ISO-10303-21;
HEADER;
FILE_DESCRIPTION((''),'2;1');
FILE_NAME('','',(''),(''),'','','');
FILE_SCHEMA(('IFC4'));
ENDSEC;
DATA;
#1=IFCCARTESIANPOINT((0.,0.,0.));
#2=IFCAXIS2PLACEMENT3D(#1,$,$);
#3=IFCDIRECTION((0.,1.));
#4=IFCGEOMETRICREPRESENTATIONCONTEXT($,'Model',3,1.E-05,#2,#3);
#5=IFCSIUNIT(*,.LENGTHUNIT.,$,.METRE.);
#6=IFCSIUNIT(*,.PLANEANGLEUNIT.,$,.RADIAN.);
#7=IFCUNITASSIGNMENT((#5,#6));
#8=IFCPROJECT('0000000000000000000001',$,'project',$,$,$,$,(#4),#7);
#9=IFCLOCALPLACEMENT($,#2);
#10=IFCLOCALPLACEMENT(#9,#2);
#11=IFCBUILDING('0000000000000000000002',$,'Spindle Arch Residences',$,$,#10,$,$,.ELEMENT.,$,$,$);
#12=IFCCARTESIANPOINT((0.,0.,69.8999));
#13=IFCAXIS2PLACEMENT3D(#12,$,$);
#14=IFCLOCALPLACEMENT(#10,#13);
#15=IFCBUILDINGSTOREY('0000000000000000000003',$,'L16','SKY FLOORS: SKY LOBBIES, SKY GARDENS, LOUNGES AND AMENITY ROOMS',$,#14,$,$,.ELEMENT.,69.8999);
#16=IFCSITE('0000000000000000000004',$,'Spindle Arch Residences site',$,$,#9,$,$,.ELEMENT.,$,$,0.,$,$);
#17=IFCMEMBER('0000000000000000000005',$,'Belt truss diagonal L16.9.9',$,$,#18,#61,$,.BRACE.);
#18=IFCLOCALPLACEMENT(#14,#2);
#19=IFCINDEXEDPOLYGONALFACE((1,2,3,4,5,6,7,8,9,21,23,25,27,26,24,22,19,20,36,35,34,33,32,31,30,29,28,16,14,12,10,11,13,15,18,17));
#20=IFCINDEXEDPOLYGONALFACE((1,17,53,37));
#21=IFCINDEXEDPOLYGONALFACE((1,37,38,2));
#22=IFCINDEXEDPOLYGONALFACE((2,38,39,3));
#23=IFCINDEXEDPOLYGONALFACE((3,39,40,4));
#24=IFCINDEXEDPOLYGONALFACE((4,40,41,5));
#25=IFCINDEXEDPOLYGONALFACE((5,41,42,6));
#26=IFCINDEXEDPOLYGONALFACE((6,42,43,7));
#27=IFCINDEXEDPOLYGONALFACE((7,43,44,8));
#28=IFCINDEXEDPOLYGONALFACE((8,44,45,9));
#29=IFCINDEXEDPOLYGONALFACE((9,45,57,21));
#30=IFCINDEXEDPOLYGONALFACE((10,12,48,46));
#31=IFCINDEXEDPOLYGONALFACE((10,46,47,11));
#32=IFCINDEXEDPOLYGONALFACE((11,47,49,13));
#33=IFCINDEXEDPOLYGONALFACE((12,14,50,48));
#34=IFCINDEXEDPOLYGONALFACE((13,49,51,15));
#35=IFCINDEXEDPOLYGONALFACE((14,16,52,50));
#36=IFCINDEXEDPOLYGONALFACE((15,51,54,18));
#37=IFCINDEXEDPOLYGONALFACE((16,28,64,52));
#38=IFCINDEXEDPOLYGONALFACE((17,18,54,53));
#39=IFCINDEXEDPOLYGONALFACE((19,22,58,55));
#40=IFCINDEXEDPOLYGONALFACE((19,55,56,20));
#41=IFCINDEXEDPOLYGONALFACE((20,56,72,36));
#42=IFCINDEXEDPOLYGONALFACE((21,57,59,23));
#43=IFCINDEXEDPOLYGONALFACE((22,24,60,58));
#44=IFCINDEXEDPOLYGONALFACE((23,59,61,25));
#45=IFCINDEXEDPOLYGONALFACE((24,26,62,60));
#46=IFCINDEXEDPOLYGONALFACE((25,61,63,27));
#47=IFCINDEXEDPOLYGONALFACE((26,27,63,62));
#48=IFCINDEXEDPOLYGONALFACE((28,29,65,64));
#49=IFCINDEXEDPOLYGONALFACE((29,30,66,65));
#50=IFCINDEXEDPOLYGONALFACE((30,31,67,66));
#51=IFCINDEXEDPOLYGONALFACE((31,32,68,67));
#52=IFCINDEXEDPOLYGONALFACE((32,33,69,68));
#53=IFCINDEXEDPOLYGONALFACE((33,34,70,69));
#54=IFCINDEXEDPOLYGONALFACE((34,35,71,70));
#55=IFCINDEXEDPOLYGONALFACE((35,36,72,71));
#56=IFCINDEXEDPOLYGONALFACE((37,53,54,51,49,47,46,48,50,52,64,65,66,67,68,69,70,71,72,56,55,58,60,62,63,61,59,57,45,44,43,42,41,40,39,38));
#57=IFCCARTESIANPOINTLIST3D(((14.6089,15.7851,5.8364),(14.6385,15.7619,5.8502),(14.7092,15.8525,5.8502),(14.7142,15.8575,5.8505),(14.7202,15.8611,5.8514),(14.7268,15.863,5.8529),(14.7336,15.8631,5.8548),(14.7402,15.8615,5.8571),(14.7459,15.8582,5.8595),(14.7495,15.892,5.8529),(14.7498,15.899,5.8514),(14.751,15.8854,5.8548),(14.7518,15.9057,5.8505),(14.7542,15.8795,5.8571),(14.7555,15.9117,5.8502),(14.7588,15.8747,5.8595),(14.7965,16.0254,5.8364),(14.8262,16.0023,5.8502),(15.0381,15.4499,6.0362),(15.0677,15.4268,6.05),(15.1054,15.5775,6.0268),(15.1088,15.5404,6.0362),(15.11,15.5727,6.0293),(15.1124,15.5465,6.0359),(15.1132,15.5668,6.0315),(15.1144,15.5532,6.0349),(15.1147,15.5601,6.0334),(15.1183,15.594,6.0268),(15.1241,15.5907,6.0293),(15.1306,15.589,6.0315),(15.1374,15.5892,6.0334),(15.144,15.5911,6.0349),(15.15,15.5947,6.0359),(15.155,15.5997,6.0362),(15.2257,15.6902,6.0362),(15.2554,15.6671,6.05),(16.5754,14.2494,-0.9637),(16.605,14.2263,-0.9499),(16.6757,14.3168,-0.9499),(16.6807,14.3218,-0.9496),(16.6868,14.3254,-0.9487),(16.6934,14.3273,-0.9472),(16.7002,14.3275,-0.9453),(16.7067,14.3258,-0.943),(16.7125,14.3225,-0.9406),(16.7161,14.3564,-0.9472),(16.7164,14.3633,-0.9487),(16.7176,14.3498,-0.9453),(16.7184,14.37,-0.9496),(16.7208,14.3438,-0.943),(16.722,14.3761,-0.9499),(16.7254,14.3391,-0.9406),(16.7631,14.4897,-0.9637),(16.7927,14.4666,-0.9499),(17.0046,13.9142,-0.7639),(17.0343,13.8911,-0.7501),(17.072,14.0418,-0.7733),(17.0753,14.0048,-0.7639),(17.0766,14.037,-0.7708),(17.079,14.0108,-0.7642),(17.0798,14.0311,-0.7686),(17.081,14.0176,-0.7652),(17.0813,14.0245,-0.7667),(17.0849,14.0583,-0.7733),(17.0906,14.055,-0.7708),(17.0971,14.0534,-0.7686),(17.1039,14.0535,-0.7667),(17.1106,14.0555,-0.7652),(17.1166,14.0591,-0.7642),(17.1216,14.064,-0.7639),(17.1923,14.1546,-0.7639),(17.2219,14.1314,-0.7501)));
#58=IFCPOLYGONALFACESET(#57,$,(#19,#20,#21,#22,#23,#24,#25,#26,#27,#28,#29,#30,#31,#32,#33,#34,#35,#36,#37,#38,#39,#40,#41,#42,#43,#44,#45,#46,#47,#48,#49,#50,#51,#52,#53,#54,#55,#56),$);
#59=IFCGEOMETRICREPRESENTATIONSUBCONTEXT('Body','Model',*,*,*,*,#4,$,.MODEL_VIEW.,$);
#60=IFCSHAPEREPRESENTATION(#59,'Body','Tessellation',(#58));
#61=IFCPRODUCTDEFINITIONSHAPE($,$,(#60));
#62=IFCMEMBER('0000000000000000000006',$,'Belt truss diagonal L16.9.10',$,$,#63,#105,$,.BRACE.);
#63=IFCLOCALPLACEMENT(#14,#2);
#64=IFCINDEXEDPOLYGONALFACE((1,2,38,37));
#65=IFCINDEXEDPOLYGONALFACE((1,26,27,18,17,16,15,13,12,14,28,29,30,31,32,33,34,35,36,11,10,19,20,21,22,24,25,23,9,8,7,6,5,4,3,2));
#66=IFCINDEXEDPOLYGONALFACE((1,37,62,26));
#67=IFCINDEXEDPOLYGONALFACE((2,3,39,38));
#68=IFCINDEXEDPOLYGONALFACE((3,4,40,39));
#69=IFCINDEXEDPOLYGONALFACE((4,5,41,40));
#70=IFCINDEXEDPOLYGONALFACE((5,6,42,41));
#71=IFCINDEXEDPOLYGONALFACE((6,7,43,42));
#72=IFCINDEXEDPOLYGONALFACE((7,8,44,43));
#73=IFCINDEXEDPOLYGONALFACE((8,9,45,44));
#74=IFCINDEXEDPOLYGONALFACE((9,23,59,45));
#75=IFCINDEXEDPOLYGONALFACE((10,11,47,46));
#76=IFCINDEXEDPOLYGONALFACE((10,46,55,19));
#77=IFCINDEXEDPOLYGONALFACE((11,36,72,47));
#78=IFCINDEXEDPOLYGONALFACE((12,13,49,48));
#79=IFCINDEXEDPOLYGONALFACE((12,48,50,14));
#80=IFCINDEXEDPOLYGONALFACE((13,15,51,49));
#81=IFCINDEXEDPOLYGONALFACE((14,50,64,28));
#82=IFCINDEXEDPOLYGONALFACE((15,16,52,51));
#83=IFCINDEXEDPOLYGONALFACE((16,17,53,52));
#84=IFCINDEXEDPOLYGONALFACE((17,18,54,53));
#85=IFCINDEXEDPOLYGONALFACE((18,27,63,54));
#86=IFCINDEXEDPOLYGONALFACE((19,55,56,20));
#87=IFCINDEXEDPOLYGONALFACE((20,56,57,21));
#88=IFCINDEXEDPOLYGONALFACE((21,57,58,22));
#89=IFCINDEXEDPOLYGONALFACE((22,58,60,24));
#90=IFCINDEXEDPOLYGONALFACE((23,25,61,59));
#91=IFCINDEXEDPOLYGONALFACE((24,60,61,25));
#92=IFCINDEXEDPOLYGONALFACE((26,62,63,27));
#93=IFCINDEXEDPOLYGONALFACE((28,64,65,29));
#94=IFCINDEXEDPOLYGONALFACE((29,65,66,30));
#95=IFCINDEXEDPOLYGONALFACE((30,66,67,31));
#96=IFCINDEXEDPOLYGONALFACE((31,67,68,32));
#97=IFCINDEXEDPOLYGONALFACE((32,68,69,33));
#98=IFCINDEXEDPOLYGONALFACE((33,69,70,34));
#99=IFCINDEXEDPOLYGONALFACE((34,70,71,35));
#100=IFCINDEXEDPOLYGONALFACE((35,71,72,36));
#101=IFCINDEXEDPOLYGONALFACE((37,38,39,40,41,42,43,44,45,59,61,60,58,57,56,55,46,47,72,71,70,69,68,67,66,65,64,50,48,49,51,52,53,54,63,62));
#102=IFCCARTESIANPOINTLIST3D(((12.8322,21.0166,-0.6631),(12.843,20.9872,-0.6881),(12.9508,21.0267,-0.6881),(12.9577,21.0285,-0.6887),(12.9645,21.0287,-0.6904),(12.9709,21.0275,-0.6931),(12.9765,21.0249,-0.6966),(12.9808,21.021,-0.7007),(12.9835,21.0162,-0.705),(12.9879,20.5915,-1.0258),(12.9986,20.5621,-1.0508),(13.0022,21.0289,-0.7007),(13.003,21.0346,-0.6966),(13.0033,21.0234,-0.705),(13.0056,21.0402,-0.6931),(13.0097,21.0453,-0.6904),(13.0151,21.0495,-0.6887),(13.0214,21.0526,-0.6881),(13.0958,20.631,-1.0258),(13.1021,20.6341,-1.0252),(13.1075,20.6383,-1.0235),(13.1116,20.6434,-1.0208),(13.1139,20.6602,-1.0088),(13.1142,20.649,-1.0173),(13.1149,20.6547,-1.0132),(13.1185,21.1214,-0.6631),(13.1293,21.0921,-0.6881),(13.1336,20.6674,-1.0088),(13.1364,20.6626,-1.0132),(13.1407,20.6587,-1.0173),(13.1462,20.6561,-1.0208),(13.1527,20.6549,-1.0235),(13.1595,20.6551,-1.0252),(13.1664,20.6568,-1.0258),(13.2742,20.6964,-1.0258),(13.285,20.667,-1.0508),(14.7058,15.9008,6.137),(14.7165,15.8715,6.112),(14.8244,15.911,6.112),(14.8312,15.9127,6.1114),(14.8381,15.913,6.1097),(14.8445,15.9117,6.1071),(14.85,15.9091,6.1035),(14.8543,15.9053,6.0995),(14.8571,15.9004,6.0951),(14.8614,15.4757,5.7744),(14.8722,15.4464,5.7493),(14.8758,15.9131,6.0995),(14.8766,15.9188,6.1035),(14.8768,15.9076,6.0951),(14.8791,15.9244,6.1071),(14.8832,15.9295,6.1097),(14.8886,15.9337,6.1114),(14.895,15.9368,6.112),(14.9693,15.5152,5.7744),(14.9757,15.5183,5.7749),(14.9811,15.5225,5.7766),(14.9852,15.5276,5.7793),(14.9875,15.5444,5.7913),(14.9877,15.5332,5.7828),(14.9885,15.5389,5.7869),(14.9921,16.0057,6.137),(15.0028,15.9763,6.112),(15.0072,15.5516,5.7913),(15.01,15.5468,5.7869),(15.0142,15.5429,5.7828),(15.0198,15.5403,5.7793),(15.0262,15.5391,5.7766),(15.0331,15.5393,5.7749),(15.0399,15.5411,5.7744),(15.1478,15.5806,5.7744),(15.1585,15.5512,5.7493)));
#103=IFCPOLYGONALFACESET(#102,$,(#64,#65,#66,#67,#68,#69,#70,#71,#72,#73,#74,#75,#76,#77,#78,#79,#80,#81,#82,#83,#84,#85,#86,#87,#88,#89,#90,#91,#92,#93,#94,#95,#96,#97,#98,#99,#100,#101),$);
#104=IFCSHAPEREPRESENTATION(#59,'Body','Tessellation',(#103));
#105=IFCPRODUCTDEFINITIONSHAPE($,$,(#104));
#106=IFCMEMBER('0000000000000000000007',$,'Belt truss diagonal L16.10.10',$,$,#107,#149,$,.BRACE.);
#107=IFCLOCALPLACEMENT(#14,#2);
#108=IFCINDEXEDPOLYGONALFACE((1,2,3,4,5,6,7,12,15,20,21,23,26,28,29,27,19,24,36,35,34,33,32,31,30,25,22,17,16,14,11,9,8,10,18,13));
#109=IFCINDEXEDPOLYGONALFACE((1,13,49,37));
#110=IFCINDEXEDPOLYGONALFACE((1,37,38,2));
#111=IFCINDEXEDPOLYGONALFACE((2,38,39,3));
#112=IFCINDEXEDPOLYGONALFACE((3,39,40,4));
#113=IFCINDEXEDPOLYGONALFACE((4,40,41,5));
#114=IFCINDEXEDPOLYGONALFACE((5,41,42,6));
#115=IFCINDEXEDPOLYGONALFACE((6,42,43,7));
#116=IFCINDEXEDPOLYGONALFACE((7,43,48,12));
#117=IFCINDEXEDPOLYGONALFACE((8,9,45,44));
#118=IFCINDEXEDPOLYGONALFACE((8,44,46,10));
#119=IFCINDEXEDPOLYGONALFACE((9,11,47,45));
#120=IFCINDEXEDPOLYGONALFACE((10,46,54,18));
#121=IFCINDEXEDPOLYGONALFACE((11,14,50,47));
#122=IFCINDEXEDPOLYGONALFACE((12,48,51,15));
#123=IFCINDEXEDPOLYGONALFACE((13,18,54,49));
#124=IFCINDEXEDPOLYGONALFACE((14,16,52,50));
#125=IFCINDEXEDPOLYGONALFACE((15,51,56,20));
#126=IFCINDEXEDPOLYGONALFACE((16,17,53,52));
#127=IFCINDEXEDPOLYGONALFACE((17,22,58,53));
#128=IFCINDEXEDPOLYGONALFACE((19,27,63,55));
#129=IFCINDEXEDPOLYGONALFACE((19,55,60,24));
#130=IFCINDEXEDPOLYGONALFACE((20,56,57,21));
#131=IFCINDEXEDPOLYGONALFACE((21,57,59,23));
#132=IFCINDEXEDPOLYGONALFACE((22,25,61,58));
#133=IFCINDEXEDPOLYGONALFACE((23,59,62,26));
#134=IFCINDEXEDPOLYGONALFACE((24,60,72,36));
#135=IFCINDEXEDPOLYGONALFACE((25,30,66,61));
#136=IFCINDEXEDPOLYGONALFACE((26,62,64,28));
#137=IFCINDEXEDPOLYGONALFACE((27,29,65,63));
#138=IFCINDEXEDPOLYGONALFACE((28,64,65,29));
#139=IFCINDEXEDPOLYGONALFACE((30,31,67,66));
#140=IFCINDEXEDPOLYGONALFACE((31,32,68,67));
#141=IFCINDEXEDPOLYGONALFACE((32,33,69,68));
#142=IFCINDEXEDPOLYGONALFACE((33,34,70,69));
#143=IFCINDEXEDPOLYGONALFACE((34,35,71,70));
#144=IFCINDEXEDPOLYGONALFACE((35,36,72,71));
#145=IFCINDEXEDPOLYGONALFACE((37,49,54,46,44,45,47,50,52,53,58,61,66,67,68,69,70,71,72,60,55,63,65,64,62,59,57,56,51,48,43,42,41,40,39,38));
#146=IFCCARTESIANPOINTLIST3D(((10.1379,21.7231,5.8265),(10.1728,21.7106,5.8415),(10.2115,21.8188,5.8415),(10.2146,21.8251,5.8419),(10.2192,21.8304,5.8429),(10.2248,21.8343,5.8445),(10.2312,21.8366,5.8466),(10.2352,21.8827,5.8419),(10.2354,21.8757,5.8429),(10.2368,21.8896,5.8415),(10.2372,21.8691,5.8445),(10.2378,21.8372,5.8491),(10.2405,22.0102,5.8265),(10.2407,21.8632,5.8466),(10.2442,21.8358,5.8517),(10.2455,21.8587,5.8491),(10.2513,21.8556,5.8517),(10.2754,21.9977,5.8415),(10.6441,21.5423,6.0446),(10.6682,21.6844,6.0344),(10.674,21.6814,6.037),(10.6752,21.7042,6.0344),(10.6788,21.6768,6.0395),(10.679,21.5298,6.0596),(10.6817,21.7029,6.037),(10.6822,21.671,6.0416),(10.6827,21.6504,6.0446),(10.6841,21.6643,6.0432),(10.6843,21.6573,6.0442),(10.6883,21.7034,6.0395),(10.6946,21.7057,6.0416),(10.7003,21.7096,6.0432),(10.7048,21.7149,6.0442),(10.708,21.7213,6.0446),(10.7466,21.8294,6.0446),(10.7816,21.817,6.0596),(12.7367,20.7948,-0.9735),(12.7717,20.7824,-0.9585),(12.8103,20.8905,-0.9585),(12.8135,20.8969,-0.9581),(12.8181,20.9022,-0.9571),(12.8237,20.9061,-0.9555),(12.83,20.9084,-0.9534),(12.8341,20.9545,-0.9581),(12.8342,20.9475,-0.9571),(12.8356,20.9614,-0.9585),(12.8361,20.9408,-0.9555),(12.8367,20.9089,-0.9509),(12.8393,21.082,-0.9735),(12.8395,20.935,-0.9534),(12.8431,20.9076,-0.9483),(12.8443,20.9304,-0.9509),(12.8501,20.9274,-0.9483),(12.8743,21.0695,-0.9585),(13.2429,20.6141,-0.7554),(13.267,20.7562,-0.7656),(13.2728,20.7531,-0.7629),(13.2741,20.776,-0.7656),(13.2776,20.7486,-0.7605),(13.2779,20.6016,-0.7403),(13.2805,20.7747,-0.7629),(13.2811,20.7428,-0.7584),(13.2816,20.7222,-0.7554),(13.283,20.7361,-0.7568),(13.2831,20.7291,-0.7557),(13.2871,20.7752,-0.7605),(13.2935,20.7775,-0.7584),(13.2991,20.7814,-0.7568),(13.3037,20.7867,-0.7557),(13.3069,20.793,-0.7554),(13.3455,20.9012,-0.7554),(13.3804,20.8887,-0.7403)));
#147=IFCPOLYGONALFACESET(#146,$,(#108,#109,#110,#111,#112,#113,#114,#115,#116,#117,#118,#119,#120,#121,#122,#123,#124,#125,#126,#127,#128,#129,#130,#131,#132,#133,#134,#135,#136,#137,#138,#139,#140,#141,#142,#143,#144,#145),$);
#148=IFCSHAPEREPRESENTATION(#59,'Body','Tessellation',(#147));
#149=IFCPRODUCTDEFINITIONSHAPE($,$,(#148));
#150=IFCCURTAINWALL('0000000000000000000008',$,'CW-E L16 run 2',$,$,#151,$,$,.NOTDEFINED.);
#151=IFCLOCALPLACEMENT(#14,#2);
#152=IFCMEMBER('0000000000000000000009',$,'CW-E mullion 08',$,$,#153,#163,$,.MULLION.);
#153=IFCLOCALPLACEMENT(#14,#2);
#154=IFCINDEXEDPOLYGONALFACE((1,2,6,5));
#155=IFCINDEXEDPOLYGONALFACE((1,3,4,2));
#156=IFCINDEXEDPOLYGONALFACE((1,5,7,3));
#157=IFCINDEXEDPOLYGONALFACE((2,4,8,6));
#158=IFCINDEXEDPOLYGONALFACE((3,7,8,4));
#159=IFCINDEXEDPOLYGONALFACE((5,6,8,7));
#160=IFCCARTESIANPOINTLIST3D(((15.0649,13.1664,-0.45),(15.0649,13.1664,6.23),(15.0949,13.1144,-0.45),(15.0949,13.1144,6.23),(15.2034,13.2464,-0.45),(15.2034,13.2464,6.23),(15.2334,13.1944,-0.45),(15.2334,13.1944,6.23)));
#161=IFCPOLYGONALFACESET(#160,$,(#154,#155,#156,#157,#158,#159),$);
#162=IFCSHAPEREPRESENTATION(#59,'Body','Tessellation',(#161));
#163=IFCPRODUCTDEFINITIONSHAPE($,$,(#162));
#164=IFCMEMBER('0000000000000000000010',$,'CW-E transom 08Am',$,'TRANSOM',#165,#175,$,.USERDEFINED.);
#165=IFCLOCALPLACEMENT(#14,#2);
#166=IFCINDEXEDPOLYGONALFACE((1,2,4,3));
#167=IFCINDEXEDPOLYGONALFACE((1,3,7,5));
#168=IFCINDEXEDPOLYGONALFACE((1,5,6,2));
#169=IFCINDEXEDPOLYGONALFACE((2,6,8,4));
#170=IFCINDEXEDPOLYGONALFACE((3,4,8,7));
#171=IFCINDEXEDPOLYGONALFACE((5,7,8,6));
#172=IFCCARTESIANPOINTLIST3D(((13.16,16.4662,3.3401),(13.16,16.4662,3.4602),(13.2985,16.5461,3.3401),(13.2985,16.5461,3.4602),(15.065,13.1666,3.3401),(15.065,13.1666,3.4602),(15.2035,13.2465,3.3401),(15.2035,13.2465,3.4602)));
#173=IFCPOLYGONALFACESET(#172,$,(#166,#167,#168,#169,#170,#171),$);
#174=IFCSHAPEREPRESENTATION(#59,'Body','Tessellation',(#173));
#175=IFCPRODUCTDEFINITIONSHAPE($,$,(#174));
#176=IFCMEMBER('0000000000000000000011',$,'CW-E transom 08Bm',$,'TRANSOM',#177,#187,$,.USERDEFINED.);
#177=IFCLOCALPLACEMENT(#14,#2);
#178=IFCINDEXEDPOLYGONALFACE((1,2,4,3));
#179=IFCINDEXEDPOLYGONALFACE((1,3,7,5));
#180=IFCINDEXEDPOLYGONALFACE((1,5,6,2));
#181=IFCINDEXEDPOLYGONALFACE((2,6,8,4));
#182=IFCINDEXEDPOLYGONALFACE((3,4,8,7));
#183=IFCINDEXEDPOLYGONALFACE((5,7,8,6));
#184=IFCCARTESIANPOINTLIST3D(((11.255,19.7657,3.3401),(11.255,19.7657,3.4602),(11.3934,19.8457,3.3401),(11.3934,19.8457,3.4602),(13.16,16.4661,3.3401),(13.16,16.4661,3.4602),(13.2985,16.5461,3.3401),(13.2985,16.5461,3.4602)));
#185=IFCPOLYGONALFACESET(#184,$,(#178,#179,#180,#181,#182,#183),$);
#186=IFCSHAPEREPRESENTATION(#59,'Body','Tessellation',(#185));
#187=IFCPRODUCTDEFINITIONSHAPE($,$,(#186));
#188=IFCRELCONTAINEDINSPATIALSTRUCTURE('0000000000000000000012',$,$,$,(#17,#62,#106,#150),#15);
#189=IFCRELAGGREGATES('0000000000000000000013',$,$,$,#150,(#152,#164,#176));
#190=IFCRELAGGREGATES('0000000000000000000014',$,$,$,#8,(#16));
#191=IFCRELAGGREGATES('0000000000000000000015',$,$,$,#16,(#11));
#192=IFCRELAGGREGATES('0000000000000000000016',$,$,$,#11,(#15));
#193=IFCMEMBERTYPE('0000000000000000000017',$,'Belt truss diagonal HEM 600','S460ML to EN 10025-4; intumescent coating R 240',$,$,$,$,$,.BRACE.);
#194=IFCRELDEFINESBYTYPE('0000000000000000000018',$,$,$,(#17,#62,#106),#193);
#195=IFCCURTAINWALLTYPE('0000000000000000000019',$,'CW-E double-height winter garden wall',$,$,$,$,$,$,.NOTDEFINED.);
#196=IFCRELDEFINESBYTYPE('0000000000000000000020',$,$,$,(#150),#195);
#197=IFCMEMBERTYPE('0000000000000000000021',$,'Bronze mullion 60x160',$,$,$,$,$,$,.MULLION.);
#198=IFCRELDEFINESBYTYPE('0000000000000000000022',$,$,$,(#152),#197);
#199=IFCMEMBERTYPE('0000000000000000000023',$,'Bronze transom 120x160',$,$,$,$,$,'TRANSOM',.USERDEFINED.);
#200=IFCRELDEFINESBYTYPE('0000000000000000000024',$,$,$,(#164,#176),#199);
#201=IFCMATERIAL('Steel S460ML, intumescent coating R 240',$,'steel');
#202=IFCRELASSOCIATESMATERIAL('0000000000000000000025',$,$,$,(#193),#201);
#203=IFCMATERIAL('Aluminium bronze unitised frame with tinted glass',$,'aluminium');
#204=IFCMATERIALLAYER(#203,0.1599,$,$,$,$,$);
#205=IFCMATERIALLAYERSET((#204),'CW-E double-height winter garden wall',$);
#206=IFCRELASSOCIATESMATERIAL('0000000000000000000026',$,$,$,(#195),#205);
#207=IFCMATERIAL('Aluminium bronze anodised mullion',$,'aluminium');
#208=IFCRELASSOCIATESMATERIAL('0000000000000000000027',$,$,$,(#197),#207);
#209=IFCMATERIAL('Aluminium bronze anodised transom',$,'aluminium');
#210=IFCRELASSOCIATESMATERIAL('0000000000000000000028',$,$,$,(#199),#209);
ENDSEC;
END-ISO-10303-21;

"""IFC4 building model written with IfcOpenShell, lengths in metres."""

from ifc_helpers import new_model, si_unit, direction, frame, origin, origin_2d, place, context, subcontext, project, spatial, rectangle, i_section, extrude, material, layer, layer_set, material_profile, profile_set, type_object, element, aggregate, save


model = new_model("IFC4")

# Units and contexts
model_context = context("Model", 3, precision=1e-05, world=origin(), true_north=direction((0.0, 1.0)))
body_context = subcontext(model_context, "Body", "Model", "MODEL_VIEW")
ifc_project = project(units=[si_unit("LENGTHUNIT", "METRE"), si_unit("PLANEANGLEUNIT", "RADIAN")], contexts=[model_context])

# Site, building, storey
site_placement = place(None, origin())
site = spatial("IfcSite", under=ifc_project, at=site_placement, Name="Spindle Arch Residences site", CompositionType="ELEMENT", RefElevation=0.0)
building_placement = place(site_placement, origin())
building = spatial("IfcBuilding", under=site, at=building_placement, Name="Spindle Arch Residences", CompositionType="ELEMENT")
storey_placement = place(building_placement, frame((0.0, 0.0, 69.8999)))
storey = spatial("IfcBuildingStorey", under=building, at=storey_placement, Name="L16", Description="SKY FLOORS: SKY LOBBIES, SKY GARDENS, LOUNGES AND AMENITY ROOMS", CompositionType="ELEMENT", Elevation=69.8999)

# Members
ifc_material_1 = material(Name="Steel S460ML, intumescent coating R 240", Category="steel")
ifc_material_profile_1 = material_profile(ifc_material_1, i_section(OverallWidth=0.3049, OverallDepth=0.6201, WebThickness=0.021, FlangeThickness=0.04, FilletRadius=0.0271, at=origin_2d()), Name="HEM 600")
ifc_profile_set_1 = profile_set([ifc_material_profile_1], Name="Steel S460ML, intumescent coating R 240")
member_type_1 = type_object("IfcMemberType", Name="Belt truss diagonal HEM 600", Description="S460ML to EN 10025-4; intumescent coating R 240", PredefinedType="BRACE", material=ifc_profile_set_1)
member_1_placement = place(storey_placement, frame((16.8987, 14.1904, -0.8569), z_axis=(-0.271497, 0.212007, 0.938798), x_axis=(-0.615464, -0.788165, 0.0)))
element("IfcMember", 1, at=member_1_placement, inside=storey, type_object=member_type_1, Name="Belt truss diagonal L16.9.9", PredefinedType="BRACE", context=body_context, shape_type="SweptSolid", body=[
    extrude(i_section(OverallWidth=0.3049, OverallDepth=0.6201, WebThickness=0.021, FlangeThickness=0.04, FilletRadius=0.0271, at=origin_2d()), origin(), (0.0, 0.0, 1.0), 7.2434),
])
member_2_placement = place(storey_placement, frame((13.0586, 20.8418, -0.8569), z_axis=(0.21502, -0.587117, 0.780423), x_axis=(0.939009, 0.343894, 0.0)))
element("IfcMember", 2, at=member_2_placement, inside=storey, type_object=member_type_1, Name="Belt truss diagonal L16.9.10", PredefinedType="BRACE", context=body_context, shape_type="SweptSolid", body=[
    extrude(i_section(OverallWidth=0.3049, OverallDepth=0.6201, WebThickness=0.021, FlangeThickness=0.04, FilletRadius=0.0271, at=origin_2d()), origin(), (0.0, 0.0, 1.0), 8.7134),
])
member_3_placement = place(storey_placement, frame((13.0586, 20.8418, -0.8569), z_axis=(-0.354133, 0.126483, 0.926602), x_axis=(-0.336353, -0.941736, 0.0)))
element("IfcMember", 3, at=member_3_placement, inside=storey, type_object=member_type_1, Name="Belt truss diagonal L16.10.10", PredefinedType="BRACE", context=body_context, shape_type="SweptSolid", body=[
    extrude(i_section(OverallWidth=0.3049, OverallDepth=0.6201, WebThickness=0.021, FlangeThickness=0.04, FilletRadius=0.0271, at=origin_2d()), origin(), (0.0, 0.0, 1.0), 7.3386),
])

# Curtain wall, members
ifc_material_2 = material(Name="Aluminium bronze unitised frame with tinted glass", Category="aluminium")
ifc_layer_1 = layer(ifc_material_2, 0.1599)
ifc_layer_set_1 = layer_set([ifc_layer_1], Name="CW-E double-height winter garden wall")
curtain_wall_type = type_object("IfcCurtainWallType", Name="CW-E double-height winter garden wall", PredefinedType="NOTDEFINED", material=ifc_layer_set_1)
curtain_wall_placement = place(storey_placement, origin())
curtain_wall = element("IfcCurtainWall", 4, at=curtain_wall_placement, inside=storey, type_object=curtain_wall_type, Name="CW-E L16 run 2", PredefinedType="NOTDEFINED")
ifc_material_3 = material(Name="Aluminium bronze anodised mullion", Category="aluminium")
ifc_material_profile_2 = material_profile(ifc_material_3, rectangle(XDim=0.1599, YDim=0.0601, at=origin_2d()), Name="MU 60x160")
ifc_profile_set_2 = profile_set([ifc_material_profile_2], Name="Aluminium bronze anodised mullion")
member_type_2 = type_object("IfcMemberType", Name="Bronze mullion 60x160", PredefinedType="MULLION", material=ifc_profile_set_2)
member_4_placement = place(storey_placement, frame((15.1492, 13.1804, -0.45), z_axis=(0.0, 0.0, 1.0), x_axis=(-0.866025, -0.5, 0.0)))
member_4 = element("IfcMember", 5, at=member_4_placement, type_object=member_type_2, Name="CW-E mullion 08", PredefinedType="MULLION", context=body_context, shape_type="SweptSolid", body=[
    extrude(rectangle(XDim=0.1599, YDim=0.0601, at=origin_2d()), origin(), (0.0, 0.0, 1.0), 6.6799),
])
ifc_material_4 = material(Name="Aluminium bronze anodised transom", Category="aluminium")
ifc_material_profile_3 = material_profile(ifc_material_4, rectangle(XDim=0.1599, YDim=0.1201, at=origin_2d()), Name="TR 120x160")
ifc_profile_set_3 = profile_set([ifc_material_profile_3], Name="Aluminium bronze anodised transom")
member_type_3 = type_object("IfcMemberType", Name="Bronze transom 120x160", ElementType="TRANSOM", PredefinedType="USERDEFINED", material=ifc_profile_set_3)
member_5_placement = place(storey_placement, frame((15.1343, 13.2065, 3.4001), z_axis=(-0.500005, 0.866022, 0.0), x_axis=(-0.866022, -0.500005, 0.0)))
member_5 = element("IfcMember", 6, at=member_5_placement, type_object=member_type_3, Name="CW-E transom 08Am", ObjectType="TRANSOM", PredefinedType="USERDEFINED", context=body_context, shape_type="SweptSolid", body=[
    extrude(rectangle(XDim=0.1599, YDim=0.1201, at=origin_2d()), origin(), (0.0, 0.0, 1.0), 3.8101),
])
member_6_placement = place(storey_placement, frame((13.2292, 16.5061, 3.4001), z_axis=(-0.500005, 0.866022, 0.0), x_axis=(-0.866022, -0.500005, 0.0)))
member_6 = element("IfcMember", 7, at=member_6_placement, type_object=member_type_3, Name="CW-E transom 08Bm", ObjectType="TRANSOM", PredefinedType="USERDEFINED", context=body_context, shape_type="SweptSolid", body=[
    extrude(rectangle(XDim=0.1599, YDim=0.1201, at=origin_2d()), origin(), (0.0, 0.0, 1.0), 3.8101),
])
aggregate(curtain_wall, [member_4, member_5, member_6])

save(model, "model.ifc")
